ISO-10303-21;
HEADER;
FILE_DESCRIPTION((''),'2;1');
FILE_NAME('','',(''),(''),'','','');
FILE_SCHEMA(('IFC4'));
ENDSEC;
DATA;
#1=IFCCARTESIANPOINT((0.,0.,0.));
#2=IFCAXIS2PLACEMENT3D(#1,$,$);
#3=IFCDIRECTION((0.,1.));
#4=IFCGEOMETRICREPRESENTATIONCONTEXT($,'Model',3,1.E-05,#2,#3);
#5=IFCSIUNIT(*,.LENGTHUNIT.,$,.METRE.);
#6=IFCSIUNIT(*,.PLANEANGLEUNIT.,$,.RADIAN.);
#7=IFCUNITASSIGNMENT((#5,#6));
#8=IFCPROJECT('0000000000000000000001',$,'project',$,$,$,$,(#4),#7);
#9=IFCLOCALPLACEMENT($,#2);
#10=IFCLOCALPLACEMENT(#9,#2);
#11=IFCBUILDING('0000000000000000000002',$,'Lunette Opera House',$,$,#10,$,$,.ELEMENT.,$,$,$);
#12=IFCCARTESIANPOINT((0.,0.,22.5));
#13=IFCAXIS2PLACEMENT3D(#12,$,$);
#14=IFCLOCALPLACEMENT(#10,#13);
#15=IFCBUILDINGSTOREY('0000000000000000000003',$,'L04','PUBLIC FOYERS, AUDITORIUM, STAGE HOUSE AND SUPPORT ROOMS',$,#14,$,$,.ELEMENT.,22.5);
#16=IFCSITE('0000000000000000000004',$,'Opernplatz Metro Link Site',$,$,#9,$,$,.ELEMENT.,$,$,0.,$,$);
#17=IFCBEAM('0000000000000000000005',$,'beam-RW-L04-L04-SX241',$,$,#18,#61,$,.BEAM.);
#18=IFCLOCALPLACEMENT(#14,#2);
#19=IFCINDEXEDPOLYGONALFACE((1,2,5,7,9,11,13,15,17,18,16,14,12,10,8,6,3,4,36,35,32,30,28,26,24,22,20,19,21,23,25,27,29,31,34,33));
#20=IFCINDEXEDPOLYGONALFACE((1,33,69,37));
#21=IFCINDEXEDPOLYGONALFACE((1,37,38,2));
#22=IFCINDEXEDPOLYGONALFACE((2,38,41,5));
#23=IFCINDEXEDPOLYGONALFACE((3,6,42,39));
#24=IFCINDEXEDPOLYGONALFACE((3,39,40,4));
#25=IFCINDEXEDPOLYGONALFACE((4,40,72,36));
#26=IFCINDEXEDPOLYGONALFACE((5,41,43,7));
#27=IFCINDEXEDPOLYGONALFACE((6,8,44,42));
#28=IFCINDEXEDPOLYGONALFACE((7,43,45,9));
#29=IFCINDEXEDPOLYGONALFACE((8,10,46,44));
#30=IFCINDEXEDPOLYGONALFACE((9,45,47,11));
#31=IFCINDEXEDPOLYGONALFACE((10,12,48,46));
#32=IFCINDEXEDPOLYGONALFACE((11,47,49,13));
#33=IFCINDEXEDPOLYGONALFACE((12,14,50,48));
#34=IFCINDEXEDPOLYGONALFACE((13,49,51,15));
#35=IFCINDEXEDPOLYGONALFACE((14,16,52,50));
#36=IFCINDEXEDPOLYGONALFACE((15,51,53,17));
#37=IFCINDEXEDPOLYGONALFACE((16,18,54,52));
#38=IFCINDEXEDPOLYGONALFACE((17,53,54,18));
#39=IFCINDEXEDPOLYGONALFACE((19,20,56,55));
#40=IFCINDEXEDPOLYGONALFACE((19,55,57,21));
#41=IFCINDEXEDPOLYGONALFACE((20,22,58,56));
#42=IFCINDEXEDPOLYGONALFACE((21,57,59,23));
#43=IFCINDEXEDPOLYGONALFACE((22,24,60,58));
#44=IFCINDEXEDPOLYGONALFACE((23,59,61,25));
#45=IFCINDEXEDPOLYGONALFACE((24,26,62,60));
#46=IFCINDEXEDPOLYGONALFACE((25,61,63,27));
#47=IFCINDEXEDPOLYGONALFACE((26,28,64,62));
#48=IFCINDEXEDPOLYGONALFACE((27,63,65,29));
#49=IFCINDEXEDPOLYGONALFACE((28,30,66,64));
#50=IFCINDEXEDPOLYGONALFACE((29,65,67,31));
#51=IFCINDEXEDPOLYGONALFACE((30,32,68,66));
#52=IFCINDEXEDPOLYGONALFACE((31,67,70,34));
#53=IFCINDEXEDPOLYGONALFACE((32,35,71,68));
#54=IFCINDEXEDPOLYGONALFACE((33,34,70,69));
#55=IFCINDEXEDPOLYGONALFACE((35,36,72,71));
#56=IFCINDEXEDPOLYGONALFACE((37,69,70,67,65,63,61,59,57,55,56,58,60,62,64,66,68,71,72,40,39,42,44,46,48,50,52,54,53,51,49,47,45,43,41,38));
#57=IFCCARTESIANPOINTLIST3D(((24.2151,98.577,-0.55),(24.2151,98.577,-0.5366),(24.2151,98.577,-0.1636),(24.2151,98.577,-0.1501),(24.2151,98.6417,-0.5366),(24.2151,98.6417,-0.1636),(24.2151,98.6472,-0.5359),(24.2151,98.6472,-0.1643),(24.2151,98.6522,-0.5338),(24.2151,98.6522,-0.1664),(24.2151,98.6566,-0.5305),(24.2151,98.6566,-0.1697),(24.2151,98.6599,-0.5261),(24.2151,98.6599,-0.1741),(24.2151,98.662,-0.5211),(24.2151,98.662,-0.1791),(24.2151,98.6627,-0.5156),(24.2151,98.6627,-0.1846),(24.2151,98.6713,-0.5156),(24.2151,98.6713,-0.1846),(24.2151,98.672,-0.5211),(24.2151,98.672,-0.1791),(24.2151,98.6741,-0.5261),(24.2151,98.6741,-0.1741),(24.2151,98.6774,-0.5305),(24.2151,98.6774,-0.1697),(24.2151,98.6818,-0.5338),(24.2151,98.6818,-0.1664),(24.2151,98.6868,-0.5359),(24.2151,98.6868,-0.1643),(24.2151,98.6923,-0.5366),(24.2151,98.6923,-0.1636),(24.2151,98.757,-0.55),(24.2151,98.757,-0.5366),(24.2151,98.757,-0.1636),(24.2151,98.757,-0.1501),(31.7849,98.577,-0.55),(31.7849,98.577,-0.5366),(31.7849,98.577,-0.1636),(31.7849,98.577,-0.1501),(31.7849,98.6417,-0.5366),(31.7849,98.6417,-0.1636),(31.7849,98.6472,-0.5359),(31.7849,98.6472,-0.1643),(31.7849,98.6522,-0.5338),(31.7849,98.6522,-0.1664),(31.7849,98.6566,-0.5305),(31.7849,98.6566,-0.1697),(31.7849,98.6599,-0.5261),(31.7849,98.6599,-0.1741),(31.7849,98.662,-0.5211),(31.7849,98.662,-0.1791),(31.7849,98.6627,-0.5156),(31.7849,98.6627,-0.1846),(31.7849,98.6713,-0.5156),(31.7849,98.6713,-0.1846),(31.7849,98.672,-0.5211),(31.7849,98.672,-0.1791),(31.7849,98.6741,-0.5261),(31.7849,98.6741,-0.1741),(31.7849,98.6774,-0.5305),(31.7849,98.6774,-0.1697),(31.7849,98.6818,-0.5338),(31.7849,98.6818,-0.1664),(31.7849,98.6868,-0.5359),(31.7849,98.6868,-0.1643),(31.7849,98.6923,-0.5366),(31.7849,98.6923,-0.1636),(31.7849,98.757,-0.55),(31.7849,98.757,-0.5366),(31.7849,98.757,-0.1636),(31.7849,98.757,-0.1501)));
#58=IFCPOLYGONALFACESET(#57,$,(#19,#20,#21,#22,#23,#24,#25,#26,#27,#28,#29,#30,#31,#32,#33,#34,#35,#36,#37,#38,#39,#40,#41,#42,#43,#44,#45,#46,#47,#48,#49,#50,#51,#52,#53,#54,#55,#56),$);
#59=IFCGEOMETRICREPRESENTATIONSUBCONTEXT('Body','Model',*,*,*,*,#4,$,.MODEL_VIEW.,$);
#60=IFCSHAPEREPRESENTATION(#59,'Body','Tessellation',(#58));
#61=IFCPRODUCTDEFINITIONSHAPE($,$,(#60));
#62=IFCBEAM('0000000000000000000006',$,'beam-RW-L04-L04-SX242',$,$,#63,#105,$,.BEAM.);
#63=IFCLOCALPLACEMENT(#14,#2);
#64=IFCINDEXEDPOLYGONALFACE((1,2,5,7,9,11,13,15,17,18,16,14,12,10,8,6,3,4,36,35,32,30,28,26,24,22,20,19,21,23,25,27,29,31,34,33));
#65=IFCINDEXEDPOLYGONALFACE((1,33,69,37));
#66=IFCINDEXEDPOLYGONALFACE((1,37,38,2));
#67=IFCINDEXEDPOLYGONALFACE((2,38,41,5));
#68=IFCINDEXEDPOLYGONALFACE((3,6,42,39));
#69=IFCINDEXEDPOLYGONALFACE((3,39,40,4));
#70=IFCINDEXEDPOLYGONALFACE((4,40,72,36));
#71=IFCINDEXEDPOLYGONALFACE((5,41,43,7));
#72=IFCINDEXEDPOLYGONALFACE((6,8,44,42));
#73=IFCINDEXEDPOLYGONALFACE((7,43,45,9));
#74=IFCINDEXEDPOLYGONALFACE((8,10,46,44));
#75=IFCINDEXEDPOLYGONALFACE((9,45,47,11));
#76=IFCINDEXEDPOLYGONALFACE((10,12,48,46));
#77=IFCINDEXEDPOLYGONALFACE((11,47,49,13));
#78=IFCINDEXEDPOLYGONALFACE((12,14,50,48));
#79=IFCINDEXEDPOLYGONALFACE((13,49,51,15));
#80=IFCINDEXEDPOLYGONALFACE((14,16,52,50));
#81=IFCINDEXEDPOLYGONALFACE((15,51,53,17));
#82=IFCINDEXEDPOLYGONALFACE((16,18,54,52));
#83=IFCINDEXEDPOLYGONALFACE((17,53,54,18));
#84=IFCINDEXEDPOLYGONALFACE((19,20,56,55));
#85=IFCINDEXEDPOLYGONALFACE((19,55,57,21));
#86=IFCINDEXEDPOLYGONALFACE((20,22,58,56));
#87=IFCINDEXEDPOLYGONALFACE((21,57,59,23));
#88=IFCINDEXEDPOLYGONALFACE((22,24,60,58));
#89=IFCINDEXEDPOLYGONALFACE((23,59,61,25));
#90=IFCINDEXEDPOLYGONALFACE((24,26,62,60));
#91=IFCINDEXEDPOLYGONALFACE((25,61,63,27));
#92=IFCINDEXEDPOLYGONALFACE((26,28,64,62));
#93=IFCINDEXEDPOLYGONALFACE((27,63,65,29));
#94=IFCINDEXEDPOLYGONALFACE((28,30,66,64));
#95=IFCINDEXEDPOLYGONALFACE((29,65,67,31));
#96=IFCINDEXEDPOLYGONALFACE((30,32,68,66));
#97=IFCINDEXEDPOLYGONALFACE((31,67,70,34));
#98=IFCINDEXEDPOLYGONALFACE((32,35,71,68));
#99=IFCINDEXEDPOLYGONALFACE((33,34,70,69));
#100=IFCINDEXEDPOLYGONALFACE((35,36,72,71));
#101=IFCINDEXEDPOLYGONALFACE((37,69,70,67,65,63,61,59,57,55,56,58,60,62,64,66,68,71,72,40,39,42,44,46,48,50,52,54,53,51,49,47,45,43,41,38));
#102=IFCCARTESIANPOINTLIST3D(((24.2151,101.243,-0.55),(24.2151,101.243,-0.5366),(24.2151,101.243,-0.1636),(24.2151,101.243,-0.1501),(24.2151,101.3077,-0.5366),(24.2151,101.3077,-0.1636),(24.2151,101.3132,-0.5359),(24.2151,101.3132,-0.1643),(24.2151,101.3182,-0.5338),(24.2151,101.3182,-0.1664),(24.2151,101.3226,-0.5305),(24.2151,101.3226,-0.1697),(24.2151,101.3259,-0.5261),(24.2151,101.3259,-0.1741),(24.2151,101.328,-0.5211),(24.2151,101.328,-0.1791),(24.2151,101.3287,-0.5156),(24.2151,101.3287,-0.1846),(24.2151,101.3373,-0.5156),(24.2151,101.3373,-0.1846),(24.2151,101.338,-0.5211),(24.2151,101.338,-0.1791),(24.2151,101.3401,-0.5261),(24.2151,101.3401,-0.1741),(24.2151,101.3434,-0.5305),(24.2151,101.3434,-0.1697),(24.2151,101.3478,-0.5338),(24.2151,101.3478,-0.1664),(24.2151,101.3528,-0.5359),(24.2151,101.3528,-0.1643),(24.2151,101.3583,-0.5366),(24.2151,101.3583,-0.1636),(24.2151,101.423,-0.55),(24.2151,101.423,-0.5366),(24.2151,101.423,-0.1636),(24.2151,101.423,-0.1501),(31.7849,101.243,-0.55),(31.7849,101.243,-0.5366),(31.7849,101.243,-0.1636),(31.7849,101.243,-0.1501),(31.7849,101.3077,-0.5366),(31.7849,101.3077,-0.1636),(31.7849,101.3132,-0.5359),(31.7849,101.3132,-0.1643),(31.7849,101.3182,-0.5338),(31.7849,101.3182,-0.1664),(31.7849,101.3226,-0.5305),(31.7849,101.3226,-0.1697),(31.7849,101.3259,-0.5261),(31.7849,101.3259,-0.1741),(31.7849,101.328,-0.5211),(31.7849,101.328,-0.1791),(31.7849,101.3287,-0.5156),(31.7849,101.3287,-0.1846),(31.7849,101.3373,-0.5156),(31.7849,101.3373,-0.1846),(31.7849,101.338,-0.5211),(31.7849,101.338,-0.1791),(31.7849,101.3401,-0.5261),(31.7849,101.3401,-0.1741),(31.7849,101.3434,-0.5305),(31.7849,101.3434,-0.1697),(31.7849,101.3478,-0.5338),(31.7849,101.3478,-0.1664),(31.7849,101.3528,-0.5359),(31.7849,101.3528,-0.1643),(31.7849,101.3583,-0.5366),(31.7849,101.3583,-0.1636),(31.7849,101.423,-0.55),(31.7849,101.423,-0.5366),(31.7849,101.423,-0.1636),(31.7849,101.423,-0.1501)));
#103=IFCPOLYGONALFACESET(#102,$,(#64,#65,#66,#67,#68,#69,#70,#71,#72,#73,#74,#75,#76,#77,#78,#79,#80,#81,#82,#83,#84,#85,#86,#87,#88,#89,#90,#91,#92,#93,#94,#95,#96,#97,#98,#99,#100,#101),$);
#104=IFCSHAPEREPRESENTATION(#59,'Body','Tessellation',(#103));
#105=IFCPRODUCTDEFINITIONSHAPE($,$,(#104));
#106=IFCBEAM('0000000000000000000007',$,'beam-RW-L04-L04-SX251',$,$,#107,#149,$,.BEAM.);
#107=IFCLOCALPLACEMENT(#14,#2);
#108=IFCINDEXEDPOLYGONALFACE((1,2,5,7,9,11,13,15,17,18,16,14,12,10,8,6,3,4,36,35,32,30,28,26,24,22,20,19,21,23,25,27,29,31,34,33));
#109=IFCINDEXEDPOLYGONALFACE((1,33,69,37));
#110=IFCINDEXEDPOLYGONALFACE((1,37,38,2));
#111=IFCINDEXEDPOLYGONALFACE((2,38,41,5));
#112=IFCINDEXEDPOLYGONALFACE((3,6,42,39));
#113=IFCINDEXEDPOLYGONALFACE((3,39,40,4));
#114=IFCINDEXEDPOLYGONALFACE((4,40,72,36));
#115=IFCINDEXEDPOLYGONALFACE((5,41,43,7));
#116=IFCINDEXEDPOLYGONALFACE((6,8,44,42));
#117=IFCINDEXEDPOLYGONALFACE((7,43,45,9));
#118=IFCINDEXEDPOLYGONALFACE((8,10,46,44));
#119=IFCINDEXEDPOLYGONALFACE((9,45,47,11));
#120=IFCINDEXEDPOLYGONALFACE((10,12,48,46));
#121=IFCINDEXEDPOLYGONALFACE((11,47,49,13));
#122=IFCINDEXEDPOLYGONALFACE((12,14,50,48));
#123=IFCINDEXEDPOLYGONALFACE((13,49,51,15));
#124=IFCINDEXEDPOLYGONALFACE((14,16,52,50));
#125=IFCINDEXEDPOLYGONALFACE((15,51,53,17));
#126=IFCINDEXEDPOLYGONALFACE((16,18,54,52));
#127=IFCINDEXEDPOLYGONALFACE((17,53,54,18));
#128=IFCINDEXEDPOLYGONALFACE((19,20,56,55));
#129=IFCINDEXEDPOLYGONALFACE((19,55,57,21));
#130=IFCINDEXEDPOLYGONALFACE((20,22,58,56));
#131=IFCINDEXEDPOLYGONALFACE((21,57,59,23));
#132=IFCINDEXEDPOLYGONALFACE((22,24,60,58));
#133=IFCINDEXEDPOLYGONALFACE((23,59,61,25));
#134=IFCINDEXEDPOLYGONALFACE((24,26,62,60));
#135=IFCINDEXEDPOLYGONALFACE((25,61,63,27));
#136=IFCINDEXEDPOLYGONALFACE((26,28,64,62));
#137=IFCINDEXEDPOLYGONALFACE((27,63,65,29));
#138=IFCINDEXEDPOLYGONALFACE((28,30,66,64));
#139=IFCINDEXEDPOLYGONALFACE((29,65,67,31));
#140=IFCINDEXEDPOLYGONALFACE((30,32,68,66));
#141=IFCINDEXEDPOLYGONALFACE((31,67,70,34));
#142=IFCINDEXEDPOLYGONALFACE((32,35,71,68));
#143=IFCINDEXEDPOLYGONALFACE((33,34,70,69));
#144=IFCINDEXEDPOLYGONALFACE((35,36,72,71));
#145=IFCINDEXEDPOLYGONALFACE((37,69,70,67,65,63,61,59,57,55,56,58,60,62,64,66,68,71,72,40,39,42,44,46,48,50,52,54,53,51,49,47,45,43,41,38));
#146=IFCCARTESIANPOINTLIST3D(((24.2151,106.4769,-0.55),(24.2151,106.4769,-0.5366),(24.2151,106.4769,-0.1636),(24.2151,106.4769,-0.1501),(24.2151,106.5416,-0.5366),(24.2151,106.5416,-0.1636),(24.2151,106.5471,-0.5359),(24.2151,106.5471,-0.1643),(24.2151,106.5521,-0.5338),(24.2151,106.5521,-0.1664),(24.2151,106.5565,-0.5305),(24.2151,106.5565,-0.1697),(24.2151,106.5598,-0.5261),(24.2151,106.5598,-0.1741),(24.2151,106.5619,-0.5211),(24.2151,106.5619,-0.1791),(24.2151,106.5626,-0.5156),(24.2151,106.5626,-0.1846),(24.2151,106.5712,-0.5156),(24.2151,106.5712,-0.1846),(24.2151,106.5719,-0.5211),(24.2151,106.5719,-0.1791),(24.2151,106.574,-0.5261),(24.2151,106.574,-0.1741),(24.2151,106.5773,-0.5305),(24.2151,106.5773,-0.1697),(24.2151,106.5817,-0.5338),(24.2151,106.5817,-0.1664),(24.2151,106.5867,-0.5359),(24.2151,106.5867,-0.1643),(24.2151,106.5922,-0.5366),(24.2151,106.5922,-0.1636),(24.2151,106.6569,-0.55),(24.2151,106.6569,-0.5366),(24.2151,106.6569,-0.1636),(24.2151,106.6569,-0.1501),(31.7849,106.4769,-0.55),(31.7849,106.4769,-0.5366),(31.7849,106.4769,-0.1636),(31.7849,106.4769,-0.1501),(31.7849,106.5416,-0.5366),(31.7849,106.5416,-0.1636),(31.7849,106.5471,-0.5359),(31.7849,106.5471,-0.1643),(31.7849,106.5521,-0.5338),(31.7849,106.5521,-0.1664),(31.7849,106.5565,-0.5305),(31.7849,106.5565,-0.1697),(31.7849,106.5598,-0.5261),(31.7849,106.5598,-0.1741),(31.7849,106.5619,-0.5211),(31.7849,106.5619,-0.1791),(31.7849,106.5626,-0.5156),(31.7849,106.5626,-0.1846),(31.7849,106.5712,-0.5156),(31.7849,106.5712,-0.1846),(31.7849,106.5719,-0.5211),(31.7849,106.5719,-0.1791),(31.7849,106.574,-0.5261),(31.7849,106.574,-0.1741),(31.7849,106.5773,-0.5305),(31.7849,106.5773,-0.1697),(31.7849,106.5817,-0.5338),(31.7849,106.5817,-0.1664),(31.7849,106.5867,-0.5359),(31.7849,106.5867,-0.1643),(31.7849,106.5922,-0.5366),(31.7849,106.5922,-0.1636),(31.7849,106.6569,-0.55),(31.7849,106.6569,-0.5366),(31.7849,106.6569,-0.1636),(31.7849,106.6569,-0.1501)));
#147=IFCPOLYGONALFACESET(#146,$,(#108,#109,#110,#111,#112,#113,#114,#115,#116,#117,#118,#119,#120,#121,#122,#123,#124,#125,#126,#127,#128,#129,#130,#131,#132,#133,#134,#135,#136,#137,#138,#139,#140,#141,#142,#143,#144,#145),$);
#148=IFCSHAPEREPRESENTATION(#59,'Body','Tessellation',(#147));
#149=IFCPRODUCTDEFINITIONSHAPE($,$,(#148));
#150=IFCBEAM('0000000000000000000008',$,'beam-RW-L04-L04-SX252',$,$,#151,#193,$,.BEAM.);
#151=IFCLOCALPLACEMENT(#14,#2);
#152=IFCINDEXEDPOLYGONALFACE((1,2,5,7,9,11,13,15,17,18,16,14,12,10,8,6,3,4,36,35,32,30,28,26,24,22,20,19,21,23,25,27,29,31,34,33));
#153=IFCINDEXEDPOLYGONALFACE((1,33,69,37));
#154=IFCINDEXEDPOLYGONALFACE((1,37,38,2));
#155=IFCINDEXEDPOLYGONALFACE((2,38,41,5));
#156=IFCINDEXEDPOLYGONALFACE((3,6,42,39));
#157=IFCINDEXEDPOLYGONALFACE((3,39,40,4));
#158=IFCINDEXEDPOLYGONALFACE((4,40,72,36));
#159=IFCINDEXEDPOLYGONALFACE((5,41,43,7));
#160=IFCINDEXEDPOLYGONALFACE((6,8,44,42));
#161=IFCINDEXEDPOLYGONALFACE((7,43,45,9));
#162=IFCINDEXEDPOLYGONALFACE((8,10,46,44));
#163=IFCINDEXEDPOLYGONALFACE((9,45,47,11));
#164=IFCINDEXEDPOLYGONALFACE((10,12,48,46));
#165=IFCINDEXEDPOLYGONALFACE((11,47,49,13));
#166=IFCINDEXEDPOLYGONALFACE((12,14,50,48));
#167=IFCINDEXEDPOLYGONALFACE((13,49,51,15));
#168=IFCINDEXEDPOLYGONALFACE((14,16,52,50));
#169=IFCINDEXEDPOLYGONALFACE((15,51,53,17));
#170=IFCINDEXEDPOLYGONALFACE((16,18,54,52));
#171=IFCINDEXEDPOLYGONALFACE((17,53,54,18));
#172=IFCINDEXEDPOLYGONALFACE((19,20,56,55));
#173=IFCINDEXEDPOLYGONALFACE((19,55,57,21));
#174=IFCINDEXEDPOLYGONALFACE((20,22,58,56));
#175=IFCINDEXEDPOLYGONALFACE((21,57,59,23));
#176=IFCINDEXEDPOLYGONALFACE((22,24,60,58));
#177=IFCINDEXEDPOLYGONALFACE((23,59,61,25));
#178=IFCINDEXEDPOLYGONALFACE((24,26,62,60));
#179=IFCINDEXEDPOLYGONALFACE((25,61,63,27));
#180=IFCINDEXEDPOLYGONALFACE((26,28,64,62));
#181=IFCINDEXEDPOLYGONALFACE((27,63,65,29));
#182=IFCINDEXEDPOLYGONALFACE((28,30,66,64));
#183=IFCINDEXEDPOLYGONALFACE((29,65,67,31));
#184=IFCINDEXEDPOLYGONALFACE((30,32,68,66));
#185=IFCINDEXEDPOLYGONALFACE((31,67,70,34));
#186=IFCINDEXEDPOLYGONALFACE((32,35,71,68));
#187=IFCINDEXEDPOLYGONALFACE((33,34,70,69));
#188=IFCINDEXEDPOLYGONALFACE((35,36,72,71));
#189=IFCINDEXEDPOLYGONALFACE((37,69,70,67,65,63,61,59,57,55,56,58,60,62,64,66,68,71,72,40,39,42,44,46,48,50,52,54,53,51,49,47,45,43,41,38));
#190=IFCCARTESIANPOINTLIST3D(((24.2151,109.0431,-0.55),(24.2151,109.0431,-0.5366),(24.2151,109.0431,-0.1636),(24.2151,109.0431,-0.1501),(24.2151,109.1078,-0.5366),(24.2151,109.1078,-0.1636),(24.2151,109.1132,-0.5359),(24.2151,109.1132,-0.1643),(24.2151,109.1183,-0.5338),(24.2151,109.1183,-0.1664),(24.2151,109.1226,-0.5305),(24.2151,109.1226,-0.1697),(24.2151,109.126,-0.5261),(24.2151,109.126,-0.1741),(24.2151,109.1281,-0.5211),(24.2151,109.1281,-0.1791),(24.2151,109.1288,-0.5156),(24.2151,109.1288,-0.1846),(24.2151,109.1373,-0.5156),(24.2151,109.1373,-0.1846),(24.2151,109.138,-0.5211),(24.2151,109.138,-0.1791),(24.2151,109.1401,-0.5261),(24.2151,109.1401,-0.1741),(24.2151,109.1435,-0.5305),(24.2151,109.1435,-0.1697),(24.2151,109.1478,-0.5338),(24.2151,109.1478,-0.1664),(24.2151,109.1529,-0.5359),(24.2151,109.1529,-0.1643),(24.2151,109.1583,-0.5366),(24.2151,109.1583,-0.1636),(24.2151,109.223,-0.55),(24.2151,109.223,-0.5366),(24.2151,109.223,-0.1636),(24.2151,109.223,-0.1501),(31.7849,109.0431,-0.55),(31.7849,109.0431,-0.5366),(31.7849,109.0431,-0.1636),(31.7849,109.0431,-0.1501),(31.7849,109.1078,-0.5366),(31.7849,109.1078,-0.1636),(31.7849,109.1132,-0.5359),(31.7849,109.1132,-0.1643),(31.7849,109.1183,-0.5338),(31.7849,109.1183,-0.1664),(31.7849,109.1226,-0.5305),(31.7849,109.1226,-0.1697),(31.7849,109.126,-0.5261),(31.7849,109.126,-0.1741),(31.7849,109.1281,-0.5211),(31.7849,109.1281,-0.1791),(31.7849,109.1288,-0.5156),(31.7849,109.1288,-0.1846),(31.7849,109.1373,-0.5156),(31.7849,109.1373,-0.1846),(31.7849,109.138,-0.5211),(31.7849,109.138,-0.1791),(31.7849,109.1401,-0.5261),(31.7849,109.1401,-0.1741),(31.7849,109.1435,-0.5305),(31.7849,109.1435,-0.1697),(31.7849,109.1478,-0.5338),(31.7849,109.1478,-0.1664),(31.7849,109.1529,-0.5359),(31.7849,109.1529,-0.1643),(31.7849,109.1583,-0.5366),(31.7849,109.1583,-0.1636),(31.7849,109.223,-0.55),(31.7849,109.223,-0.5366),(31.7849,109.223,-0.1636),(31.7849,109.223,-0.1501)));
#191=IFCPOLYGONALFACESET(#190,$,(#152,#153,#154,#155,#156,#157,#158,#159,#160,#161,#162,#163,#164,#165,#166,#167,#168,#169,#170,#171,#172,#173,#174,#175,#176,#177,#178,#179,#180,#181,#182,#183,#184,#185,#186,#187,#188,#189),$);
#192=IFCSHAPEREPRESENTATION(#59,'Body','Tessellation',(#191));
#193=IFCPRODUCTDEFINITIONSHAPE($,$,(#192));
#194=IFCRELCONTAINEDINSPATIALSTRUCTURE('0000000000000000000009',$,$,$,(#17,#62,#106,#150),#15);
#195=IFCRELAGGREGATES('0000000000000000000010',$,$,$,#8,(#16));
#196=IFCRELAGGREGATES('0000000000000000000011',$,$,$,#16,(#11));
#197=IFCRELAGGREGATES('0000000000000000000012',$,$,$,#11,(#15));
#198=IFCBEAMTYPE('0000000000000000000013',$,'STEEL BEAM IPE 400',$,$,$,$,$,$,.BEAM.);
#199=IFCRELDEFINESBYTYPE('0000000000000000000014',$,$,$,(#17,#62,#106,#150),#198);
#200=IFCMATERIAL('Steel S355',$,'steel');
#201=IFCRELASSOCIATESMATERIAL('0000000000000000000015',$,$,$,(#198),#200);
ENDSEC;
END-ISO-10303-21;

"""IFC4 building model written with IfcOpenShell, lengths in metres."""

from ifc_helpers import new_model, si_unit, direction, frame, origin, origin_2d, place, context, subcontext, project, spatial, i_section, extrude, material, material_profile, profile_set, type_object, element, save


model = new_model("IFC4")

# Units and contexts
model_context = context("Model", 3, precision=1e-05, world=origin(), true_north=direction((0.0, 1.0)))
body_context = subcontext(model_context, "Body", "Model", "MODEL_VIEW")
ifc_project = project(units=[si_unit("LENGTHUNIT", "METRE"), si_unit("PLANEANGLEUNIT", "RADIAN")], contexts=[model_context])

# Site, building, storey
site_placement = place(None, origin())
site = spatial("IfcSite", under=ifc_project, at=site_placement, Name="Opernplatz Metro Link Site", CompositionType="ELEMENT", RefElevation=0.0)
building_placement = place(site_placement, origin())
building = spatial("IfcBuilding", under=site, at=building_placement, Name="Lunette Opera House", CompositionType="ELEMENT")
storey_placement = place(building_placement, frame((0.0, 0.0, 22.5)))
storey = spatial("IfcBuildingStorey", under=building, at=storey_placement, Name="L04", Description="PUBLIC FOYERS, AUDITORIUM, STAGE HOUSE AND SUPPORT ROOMS", CompositionType="ELEMENT", Elevation=22.5)

# Beams
ifc_material_1 = material(Name="Steel S355", Category="steel")
ifc_material_profile_1 = material_profile(ifc_material_1, i_section(OverallWidth=0.1799, OverallDepth=0.3999, WebThickness=0.0085, FlangeThickness=0.0134, FilletRadius=0.021, at=origin_2d()), Name="IPE 400")
ifc_profile_set_1 = profile_set([ifc_material_profile_1], Name="Steel S355")
beam_type_1 = type_object("IfcBeamType", Name="STEEL BEAM IPE 400", PredefinedType="BEAM", material=ifc_profile_set_1)
for number, where, z_axis, x_axis, name in (
    (1, (24.2151, 98.667, -0.3501), (1.0, 0.0, 0.0), (0.0, 1.0, 0.0), "beam-RW-L04-L04-SX241"),
    (2, (24.2151, 101.333, -0.3501), (1.0, 0.0, 0.0), (0.0, 1.0, 0.0), "beam-RW-L04-L04-SX242"),
    (3, (24.2151, 106.5669, -0.3501), (1.0, 0.0, 0.0), (0.0, 1.0, 0.0), "beam-RW-L04-L04-SX251"),
    (4, (24.2151, 109.1331, -0.3501), (1.0, 0.0, 0.0), (0.0, 1.0, 0.0), "beam-RW-L04-L04-SX252"),
):
    element("IfcBeam", number, at=place(storey_placement, frame(where, z_axis=z_axis, x_axis=x_axis)), inside=storey, type_object=beam_type_1, Name=name, PredefinedType="BEAM", context=body_context, shape_type="SweptSolid", body=[
        extrude(i_section(OverallWidth=0.1799, OverallDepth=0.3999, WebThickness=0.0085, FlangeThickness=0.0134, FilletRadius=0.021, at=origin_2d()), origin(), (0.0, 0.0, 1.0), 7.5698),
    ])

save(model, "model.ifc")
